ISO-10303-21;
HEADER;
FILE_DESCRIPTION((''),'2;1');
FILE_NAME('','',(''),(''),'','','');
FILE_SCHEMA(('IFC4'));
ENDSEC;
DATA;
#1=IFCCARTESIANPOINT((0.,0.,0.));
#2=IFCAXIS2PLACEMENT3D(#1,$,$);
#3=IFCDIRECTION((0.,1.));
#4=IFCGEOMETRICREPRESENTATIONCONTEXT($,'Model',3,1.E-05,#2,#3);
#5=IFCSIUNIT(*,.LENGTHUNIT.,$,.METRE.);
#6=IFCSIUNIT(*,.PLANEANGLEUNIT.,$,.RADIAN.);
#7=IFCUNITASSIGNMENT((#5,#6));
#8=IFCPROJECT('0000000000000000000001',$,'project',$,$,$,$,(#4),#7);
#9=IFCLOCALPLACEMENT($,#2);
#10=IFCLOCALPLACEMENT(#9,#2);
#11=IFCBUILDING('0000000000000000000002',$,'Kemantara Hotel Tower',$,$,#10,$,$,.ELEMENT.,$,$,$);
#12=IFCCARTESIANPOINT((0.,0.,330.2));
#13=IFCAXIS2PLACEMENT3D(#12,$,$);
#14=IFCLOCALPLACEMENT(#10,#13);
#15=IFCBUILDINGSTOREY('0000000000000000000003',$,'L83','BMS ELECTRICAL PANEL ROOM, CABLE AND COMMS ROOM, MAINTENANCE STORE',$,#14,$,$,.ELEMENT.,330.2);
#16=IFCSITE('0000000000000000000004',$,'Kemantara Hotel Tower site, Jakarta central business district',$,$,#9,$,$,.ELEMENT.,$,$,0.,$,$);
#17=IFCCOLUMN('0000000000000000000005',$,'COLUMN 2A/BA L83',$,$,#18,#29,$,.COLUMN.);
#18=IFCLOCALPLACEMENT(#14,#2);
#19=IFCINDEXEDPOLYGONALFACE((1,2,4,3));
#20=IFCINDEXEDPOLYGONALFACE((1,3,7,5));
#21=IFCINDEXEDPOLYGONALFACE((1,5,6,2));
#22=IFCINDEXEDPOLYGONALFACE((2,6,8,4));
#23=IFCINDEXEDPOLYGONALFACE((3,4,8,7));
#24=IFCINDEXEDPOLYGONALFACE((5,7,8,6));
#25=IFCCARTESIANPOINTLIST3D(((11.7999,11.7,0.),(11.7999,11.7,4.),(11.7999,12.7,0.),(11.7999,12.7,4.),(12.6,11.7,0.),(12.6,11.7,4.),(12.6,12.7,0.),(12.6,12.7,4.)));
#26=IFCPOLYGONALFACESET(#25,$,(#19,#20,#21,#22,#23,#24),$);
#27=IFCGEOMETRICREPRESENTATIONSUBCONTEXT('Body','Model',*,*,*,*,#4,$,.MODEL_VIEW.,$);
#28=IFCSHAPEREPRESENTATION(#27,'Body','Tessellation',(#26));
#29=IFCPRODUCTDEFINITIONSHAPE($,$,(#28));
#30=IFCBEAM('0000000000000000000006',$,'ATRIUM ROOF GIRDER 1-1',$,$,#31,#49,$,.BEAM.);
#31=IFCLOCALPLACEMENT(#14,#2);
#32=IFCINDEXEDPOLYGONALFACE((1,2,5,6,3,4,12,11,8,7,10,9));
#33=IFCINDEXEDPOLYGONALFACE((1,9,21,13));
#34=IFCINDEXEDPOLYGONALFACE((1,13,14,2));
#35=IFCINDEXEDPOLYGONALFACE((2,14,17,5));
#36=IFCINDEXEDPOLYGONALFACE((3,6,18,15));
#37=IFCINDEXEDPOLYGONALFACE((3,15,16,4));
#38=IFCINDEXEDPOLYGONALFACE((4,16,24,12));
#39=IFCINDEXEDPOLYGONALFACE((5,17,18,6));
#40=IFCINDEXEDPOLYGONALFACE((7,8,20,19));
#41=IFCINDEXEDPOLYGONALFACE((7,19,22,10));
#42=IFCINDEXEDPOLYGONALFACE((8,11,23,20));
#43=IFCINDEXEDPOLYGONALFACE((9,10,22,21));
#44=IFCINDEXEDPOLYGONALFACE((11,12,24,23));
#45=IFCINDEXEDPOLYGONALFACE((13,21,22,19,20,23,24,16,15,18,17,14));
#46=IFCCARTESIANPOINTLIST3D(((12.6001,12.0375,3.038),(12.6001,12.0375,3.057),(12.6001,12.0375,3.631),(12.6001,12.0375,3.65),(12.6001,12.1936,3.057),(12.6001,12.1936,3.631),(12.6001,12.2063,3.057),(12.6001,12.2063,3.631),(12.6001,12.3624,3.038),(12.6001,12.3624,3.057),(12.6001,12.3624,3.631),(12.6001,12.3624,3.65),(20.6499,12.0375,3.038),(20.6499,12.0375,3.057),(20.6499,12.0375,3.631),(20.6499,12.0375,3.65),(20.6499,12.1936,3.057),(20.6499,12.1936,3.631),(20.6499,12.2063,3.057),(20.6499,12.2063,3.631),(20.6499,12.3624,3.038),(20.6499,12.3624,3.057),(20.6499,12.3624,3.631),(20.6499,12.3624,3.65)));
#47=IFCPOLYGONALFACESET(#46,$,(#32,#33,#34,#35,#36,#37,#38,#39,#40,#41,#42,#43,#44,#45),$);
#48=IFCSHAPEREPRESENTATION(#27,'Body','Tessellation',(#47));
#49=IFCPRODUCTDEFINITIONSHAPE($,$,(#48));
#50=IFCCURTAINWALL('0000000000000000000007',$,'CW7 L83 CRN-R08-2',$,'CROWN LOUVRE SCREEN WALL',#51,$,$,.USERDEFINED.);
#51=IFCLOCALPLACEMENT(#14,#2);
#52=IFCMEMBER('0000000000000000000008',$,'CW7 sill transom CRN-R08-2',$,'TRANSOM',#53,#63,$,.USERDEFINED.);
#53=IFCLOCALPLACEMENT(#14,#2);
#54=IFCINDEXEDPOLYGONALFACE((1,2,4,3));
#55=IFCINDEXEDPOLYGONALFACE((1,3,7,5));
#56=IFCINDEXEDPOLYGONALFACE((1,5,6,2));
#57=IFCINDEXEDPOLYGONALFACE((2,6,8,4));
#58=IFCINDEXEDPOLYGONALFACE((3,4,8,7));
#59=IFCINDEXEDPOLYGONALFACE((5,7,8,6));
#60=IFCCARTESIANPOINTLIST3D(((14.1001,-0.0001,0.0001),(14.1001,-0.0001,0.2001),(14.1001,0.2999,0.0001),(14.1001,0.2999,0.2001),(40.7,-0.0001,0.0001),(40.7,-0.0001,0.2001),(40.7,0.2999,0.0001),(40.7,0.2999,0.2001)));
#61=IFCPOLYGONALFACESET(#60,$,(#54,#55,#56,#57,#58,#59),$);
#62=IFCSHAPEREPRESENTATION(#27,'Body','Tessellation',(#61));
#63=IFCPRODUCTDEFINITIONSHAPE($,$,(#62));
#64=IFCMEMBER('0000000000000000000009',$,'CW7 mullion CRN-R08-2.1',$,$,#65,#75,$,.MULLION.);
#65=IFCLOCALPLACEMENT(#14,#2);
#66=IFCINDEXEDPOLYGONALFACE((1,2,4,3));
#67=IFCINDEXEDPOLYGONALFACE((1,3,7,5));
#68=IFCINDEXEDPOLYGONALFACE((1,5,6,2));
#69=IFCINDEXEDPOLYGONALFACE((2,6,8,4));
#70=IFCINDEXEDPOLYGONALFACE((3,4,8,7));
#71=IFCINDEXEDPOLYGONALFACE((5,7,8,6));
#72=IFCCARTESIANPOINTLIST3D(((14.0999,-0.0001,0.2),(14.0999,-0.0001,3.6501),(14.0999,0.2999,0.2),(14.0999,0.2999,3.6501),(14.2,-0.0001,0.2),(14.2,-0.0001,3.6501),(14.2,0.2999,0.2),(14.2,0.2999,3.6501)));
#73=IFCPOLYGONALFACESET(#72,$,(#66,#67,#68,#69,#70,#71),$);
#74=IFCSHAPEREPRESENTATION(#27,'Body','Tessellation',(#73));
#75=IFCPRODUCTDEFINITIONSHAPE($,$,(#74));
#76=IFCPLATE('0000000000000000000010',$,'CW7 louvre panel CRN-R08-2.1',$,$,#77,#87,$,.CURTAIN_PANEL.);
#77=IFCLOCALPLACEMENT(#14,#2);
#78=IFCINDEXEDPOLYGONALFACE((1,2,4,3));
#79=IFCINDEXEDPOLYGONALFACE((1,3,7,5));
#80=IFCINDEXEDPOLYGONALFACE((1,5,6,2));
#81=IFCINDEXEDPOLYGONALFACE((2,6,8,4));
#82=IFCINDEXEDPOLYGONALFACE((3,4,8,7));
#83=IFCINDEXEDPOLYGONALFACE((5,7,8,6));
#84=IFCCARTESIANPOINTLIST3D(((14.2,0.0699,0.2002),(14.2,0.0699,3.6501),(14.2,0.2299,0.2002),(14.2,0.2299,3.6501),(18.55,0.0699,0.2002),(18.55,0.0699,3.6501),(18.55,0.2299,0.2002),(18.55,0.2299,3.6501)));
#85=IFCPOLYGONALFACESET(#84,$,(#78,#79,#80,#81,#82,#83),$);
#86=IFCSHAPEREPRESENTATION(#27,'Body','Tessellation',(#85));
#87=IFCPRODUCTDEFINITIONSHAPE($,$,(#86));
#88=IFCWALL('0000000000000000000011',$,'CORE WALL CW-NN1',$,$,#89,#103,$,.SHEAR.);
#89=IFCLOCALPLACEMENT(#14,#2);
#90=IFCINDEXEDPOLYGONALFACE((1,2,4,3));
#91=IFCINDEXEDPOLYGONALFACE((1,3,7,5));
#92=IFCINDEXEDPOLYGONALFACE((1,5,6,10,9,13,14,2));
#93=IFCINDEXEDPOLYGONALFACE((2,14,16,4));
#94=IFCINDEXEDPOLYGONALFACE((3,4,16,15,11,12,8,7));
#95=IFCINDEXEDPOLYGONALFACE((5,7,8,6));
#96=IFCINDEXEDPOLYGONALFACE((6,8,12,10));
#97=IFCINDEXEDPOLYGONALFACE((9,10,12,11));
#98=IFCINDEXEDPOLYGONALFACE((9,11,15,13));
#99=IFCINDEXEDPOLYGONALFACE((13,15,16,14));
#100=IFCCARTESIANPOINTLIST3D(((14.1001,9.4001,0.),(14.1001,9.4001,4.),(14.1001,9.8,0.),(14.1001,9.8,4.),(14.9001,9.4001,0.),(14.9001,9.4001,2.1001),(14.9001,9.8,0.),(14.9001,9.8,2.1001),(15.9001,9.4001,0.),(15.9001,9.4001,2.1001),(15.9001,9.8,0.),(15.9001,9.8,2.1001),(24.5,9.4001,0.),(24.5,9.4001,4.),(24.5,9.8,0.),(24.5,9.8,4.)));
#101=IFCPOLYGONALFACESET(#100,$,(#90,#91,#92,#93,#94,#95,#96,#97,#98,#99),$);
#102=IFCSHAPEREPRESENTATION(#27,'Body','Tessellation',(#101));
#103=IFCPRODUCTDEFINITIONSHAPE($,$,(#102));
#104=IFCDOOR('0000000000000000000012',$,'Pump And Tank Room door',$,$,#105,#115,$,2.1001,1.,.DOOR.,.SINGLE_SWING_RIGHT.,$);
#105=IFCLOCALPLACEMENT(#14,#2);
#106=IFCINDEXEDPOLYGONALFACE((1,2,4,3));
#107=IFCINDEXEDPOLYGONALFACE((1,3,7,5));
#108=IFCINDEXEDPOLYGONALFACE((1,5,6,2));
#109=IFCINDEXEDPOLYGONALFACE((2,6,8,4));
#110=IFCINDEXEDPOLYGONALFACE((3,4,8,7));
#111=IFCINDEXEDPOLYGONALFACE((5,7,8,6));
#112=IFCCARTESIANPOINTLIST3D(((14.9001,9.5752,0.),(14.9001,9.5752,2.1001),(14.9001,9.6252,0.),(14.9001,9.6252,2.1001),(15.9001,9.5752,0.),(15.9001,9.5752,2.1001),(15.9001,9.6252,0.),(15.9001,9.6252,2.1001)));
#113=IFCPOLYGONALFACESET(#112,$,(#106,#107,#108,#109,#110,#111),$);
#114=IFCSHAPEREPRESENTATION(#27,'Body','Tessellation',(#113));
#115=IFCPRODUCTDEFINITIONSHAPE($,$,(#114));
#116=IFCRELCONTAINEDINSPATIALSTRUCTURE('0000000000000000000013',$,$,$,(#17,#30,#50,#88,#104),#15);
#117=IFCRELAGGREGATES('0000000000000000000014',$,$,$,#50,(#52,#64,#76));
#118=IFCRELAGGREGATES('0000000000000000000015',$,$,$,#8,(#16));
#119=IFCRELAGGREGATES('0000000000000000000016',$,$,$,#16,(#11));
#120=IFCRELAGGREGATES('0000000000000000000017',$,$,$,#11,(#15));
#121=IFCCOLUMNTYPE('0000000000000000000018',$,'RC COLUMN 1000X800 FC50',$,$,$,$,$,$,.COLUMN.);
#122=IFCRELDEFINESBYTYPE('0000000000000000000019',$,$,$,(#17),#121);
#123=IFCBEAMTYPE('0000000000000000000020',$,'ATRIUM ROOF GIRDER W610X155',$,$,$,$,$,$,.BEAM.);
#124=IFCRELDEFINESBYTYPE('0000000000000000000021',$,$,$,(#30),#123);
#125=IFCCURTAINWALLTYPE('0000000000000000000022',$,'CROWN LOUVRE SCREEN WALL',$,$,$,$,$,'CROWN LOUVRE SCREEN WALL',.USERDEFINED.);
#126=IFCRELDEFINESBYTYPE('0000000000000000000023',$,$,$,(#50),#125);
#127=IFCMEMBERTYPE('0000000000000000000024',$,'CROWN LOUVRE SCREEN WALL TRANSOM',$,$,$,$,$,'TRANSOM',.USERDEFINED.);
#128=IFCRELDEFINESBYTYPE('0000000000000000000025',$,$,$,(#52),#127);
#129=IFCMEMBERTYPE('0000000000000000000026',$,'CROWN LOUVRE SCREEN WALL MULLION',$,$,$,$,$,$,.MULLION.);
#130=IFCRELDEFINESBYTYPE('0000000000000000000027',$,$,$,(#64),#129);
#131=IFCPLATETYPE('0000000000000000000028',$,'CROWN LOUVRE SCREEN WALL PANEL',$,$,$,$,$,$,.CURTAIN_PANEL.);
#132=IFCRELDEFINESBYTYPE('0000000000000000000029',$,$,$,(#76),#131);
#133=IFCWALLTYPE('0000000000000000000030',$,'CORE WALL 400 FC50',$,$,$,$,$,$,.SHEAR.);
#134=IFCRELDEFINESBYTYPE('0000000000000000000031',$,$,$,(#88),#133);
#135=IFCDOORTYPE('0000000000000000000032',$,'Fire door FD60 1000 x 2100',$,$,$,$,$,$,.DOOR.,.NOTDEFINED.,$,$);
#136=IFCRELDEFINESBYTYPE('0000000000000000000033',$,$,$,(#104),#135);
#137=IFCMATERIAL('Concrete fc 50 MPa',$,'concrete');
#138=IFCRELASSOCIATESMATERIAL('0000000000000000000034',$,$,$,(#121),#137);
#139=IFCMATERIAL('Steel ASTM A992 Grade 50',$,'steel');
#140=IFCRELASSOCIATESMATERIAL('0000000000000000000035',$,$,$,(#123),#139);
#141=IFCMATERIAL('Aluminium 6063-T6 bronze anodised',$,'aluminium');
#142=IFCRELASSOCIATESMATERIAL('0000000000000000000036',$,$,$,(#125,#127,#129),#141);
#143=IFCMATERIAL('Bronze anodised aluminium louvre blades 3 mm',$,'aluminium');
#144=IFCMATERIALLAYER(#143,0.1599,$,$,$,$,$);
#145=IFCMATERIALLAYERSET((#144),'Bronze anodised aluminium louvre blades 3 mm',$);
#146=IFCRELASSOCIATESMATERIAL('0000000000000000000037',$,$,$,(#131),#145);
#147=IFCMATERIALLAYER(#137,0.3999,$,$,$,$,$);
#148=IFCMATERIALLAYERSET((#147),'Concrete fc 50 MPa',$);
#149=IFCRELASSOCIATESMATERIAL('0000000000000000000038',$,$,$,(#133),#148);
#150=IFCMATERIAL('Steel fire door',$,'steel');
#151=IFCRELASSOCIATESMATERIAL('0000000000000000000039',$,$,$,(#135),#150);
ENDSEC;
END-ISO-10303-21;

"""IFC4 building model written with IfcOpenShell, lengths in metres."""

from ifc_helpers import new_model, si_unit, direction, frame, frame_2d, origin, origin_2d, place, context, subcontext, project, spatial, rectangle, i_section, extrude, source, transform, mapped, material, layer, layer_set, material_profile, profile_set, type_object, element, fill, aggregate, save


model = new_model("IFC4")

# Units and contexts
model_context = context("Model", 3, precision=1e-05, world=origin(), true_north=direction((0.0, 1.0)))
body_context = subcontext(model_context, "Body", "Model", "MODEL_VIEW")
ifc_project = project(units=[si_unit("LENGTHUNIT", "METRE"), si_unit("PLANEANGLEUNIT", "RADIAN")], contexts=[model_context])

# Site, building, storey
site_placement = place(None, origin())
site = spatial("IfcSite", under=ifc_project, at=site_placement, Name="Kemantara Hotel Tower site, Jakarta central business district", CompositionType="ELEMENT", RefElevation=0.0)
building_placement = place(site_placement, origin())
building = spatial("IfcBuilding", under=site, at=building_placement, Name="Kemantara Hotel Tower", CompositionType="ELEMENT")
storey_placement = place(building_placement, frame((0.0, 0.0, 330.2)))
storey = spatial("IfcBuildingStorey", under=building, at=storey_placement, Name="L83", Description="BMS ELECTRICAL PANEL ROOM, CABLE AND COMMS ROOM, MAINTENANCE STORE", CompositionType="ELEMENT", Elevation=330.2)

# Column
ifc_material_1 = material(Name="Concrete fc 50 MPa", Category="concrete")
ifc_material_profile_1 = material_profile(ifc_material_1, rectangle(XDim=1.0, YDim=0.8, at=origin_2d()), Name="RC 1000X800")
ifc_profile_set_1 = profile_set([ifc_material_profile_1], Name="Concrete fc 50 MPa")
column_type = type_object("IfcColumnType", Name="RC COLUMN 1000X800 FC50", PredefinedType="COLUMN", material=ifc_profile_set_1)
column_placement = place(storey_placement, frame((12.2, 12.2, 0.0), z_axis=(0.0, 0.0, 1.0), x_axis=(0.0, 1.0, 0.0)))
element("IfcColumn", 1, at=column_placement, inside=storey, type_object=column_type, Name="COLUMN 2A/BA L83", PredefinedType="COLUMN", context=body_context, shape_type="SweptSolid", body=[
    extrude(rectangle(XDim=1.0, YDim=0.8, at=origin_2d()), origin(), (0.0, 0.0, 1.0), 4.0),
])

# Beam
ifc_material_2 = material(Name="Steel ASTM A992 Grade 50", Category="steel")
ifc_material_profile_2 = material_profile(ifc_material_2, i_section(OverallWidth=0.325, OverallDepth=0.6121, WebThickness=0.0127, FlangeThickness=0.019, at=origin_2d()), Name="W610X155")
ifc_profile_set_2 = profile_set([ifc_material_profile_2], Name="Steel ASTM A992 Grade 50")
beam_type = type_object("IfcBeamType", Name="ATRIUM ROOF GIRDER W610X155", PredefinedType="BEAM", material=ifc_profile_set_2)
beam_placement = place(storey_placement, frame((12.6001, 12.2, 3.344), z_axis=(1.0, 0.0, 0.0), x_axis=(0.0, 1.0, 0.0)))
element("IfcBeam", 2, at=beam_placement, inside=storey, type_object=beam_type, Name="ATRIUM ROOF GIRDER 1-1", PredefinedType="BEAM", context=body_context, shape_type="SweptSolid", body=[
    extrude(i_section(OverallWidth=0.325, OverallDepth=0.6121, WebThickness=0.0127, FlangeThickness=0.019, at=origin_2d()), origin(), (0.0, 0.0, 1.0), 8.0498),
])

# Curtain wall, members, plate
ifc_material_3 = material(Name="Aluminium 6063-T6 bronze anodised", Category="aluminium")
curtain_wall_type = type_object("IfcCurtainWallType", Name="CROWN LOUVRE SCREEN WALL", ElementType="CROWN LOUVRE SCREEN WALL", PredefinedType="USERDEFINED", material=ifc_material_3)
curtain_wall_placement = place(storey_placement, origin())
curtain_wall = element("IfcCurtainWall", 3, at=curtain_wall_placement, inside=storey, type_object=curtain_wall_type, Name="CW7 L83 CRN-R08-2", ObjectType="CROWN LOUVRE SCREEN WALL", PredefinedType="USERDEFINED")
ifc_material_profile_3 = material_profile(ifc_material_3, rectangle(XDim=0.3, YDim=0.2, at=origin_2d()), Name="CROWN LOUVRE SCREEN WALL TRANSOM")
ifc_profile_set_3 = profile_set([ifc_material_profile_3], Name="Aluminium 6063-T6 bronze anodised")
member_type_1 = type_object("IfcMemberType", Name="CROWN LOUVRE SCREEN WALL TRANSOM", ElementType="TRANSOM", PredefinedType="USERDEFINED", material=ifc_profile_set_3)
member_1_placement = place(storey_placement, frame((14.1001, 0.1499, 0.1001), z_axis=(1.0, 0.0, 0.0), x_axis=(0.0, 1.0, 0.0)))
member_1 = element("IfcMember", 4, at=member_1_placement, type_object=member_type_1, Name="CW7 sill transom CRN-R08-2", ObjectType="TRANSOM", PredefinedType="USERDEFINED", context=body_context, shape_type="SweptSolid", body=[
    extrude(rectangle(XDim=0.3, YDim=0.2, at=origin_2d()), origin(), (0.0, 0.0, 1.0), 26.5999),
])
ifc_material_profile_4 = material_profile(ifc_material_3, rectangle(XDim=0.3, YDim=0.1001, at=origin_2d()), Name="CROWN LOUVRE SCREEN WALL MULLION")
ifc_profile_set_4 = profile_set([ifc_material_profile_4], Name="Aluminium 6063-T6 bronze anodised")
member_type_2 = type_object("IfcMemberType", Name="CROWN LOUVRE SCREEN WALL MULLION", PredefinedType="MULLION", material=ifc_profile_set_4)
shared_shape_1 = source(origin(), body_context, "Body", "SweptSolid", [
    extrude(rectangle(XDim=0.3, YDim=0.1001, at=origin_2d()), origin(), (0.0, 0.0, 1.0), 3.4502),
])
member_2_placement = place(storey_placement, frame((14.1499, 0.1499, 0.2), z_axis=(0.0, 0.0, 1.0), x_axis=(0.0, 1.0, 0.0)))
member_2 = element("IfcMember", 5, at=member_2_placement, type_object=member_type_2, Name="CW7 mullion CRN-R08-2.1", PredefinedType="MULLION", context=body_context, shape_type="MappedRepresentation", body=[
    mapped(shared_shape_1, transform((0.0, 0.0, 0.0))),
])
ifc_material_4 = material(Name="Bronze anodised aluminium louvre blades 3 mm", Category="aluminium")
ifc_layer_1 = layer(ifc_material_4, 0.1599)
ifc_layer_set_1 = layer_set([ifc_layer_1], Name="Bronze anodised aluminium louvre blades 3 mm")
plate_type = type_object("IfcPlateType", Name="CROWN LOUVRE SCREEN WALL PANEL", PredefinedType="CURTAIN_PANEL", material=ifc_layer_set_1)
shared_shape_2 = source(origin(), body_context, "Body", "SweptSolid", [
    extrude(rectangle(XDim=4.3501, YDim=0.1599, at=origin_2d()), origin(), (0.0, 0.0, 1.0), 3.45),
])
plate_placement = place(storey_placement, frame((16.375, 0.1499, 0.2002), z_axis=(0.0, 0.0, 1.0), x_axis=(1.0, 0.0, 0.0)))
plate = element("IfcPlate", 6, at=plate_placement, type_object=plate_type, Name="CW7 louvre panel CRN-R08-2.1", PredefinedType="CURTAIN_PANEL", context=body_context, shape_type="MappedRepresentation", body=[
    mapped(shared_shape_2, transform((0.0, 0.0, 0.0))),
])
aggregate(curtain_wall, [member_1, member_2, plate])

# Wall, opening, door
ifc_layer_2 = layer(ifc_material_1, 0.3999)
ifc_layer_set_2 = layer_set([ifc_layer_2], Name="Concrete fc 50 MPa")
wall_type_1 = type_object("IfcWallType", Name="CORE WALL 400 FC50", PredefinedType="SHEAR", material=ifc_layer_set_2)
wall_1_placement = place(storey_placement, frame((14.1001, 9.6001, 0.0), z_axis=(0.0, 0.0, 1.0), x_axis=(1.0, 0.0, 0.0)))
wall_1 = element("IfcWall", 7, at=wall_1_placement, inside=storey, type_object=wall_type_1, Name="CORE WALL CW-NN1", PredefinedType="SHEAR", context=body_context, shape_type="SweptSolid", body=[
    extrude(rectangle(XDim=10.3999, YDim=0.3999, at=frame_2d((5.2, 0.0))), origin(), (0.0, 0.0, 1.0), 4.0),
])
opening_1_placement = place(wall_1_placement, frame((0.8, 0.0, 0.0)))
opening_1 = element("IfcOpeningElement", 8, at=opening_1_placement, cuts=wall_1, PredefinedType="OPENING", context=body_context, shape_type="SweptSolid", body=[
    extrude(rectangle(XDim=1.0, YDim=2.1001, at=frame_2d((0.5, 1.05))), frame((0.0, 0.21, 0.0), z_axis=(0.0, -1.0, 0.0), x_axis=(1.0, 0.0, 0.0)), (0.0, 0.0, 1.0), 0.4199),
])
ifc_material_5 = material(Name="Steel fire door", Category="steel")
door_type_1 = type_object("IfcDoorType", Name="Fire door FD60 1000 x 2100", OperationType="NOTDEFINED", PredefinedType="DOOR", material=ifc_material_5)
door_1_placement = place(opening_1_placement, frame((1.0, 0.0, 0.0), z_axis=(0.0, 0.0, 1.0), x_axis=(-1.0, 0.0, 0.0)))
door_1 = element("IfcDoor", 9, at=door_1_placement, inside=storey, type_object=door_type_1, Name="Pump And Tank Room door", OperationType="SINGLE_SWING_RIGHT", OverallHeight=2.1001, OverallWidth=1.0, PredefinedType="DOOR", context=body_context, shape_type="SweptSolid", body=[
    extrude(rectangle(XDim=1.0, YDim=2.1001, at=frame_2d((0.5, 1.05))), frame((0.0, 0.0249, 0.0), z_axis=(0.0, -1.0, 0.0), x_axis=(1.0, 0.0, 0.0)), (0.0, 0.0, 1.0), 0.05),
])
fill(opening_1, door_1)

save(model, "model.ifc")
